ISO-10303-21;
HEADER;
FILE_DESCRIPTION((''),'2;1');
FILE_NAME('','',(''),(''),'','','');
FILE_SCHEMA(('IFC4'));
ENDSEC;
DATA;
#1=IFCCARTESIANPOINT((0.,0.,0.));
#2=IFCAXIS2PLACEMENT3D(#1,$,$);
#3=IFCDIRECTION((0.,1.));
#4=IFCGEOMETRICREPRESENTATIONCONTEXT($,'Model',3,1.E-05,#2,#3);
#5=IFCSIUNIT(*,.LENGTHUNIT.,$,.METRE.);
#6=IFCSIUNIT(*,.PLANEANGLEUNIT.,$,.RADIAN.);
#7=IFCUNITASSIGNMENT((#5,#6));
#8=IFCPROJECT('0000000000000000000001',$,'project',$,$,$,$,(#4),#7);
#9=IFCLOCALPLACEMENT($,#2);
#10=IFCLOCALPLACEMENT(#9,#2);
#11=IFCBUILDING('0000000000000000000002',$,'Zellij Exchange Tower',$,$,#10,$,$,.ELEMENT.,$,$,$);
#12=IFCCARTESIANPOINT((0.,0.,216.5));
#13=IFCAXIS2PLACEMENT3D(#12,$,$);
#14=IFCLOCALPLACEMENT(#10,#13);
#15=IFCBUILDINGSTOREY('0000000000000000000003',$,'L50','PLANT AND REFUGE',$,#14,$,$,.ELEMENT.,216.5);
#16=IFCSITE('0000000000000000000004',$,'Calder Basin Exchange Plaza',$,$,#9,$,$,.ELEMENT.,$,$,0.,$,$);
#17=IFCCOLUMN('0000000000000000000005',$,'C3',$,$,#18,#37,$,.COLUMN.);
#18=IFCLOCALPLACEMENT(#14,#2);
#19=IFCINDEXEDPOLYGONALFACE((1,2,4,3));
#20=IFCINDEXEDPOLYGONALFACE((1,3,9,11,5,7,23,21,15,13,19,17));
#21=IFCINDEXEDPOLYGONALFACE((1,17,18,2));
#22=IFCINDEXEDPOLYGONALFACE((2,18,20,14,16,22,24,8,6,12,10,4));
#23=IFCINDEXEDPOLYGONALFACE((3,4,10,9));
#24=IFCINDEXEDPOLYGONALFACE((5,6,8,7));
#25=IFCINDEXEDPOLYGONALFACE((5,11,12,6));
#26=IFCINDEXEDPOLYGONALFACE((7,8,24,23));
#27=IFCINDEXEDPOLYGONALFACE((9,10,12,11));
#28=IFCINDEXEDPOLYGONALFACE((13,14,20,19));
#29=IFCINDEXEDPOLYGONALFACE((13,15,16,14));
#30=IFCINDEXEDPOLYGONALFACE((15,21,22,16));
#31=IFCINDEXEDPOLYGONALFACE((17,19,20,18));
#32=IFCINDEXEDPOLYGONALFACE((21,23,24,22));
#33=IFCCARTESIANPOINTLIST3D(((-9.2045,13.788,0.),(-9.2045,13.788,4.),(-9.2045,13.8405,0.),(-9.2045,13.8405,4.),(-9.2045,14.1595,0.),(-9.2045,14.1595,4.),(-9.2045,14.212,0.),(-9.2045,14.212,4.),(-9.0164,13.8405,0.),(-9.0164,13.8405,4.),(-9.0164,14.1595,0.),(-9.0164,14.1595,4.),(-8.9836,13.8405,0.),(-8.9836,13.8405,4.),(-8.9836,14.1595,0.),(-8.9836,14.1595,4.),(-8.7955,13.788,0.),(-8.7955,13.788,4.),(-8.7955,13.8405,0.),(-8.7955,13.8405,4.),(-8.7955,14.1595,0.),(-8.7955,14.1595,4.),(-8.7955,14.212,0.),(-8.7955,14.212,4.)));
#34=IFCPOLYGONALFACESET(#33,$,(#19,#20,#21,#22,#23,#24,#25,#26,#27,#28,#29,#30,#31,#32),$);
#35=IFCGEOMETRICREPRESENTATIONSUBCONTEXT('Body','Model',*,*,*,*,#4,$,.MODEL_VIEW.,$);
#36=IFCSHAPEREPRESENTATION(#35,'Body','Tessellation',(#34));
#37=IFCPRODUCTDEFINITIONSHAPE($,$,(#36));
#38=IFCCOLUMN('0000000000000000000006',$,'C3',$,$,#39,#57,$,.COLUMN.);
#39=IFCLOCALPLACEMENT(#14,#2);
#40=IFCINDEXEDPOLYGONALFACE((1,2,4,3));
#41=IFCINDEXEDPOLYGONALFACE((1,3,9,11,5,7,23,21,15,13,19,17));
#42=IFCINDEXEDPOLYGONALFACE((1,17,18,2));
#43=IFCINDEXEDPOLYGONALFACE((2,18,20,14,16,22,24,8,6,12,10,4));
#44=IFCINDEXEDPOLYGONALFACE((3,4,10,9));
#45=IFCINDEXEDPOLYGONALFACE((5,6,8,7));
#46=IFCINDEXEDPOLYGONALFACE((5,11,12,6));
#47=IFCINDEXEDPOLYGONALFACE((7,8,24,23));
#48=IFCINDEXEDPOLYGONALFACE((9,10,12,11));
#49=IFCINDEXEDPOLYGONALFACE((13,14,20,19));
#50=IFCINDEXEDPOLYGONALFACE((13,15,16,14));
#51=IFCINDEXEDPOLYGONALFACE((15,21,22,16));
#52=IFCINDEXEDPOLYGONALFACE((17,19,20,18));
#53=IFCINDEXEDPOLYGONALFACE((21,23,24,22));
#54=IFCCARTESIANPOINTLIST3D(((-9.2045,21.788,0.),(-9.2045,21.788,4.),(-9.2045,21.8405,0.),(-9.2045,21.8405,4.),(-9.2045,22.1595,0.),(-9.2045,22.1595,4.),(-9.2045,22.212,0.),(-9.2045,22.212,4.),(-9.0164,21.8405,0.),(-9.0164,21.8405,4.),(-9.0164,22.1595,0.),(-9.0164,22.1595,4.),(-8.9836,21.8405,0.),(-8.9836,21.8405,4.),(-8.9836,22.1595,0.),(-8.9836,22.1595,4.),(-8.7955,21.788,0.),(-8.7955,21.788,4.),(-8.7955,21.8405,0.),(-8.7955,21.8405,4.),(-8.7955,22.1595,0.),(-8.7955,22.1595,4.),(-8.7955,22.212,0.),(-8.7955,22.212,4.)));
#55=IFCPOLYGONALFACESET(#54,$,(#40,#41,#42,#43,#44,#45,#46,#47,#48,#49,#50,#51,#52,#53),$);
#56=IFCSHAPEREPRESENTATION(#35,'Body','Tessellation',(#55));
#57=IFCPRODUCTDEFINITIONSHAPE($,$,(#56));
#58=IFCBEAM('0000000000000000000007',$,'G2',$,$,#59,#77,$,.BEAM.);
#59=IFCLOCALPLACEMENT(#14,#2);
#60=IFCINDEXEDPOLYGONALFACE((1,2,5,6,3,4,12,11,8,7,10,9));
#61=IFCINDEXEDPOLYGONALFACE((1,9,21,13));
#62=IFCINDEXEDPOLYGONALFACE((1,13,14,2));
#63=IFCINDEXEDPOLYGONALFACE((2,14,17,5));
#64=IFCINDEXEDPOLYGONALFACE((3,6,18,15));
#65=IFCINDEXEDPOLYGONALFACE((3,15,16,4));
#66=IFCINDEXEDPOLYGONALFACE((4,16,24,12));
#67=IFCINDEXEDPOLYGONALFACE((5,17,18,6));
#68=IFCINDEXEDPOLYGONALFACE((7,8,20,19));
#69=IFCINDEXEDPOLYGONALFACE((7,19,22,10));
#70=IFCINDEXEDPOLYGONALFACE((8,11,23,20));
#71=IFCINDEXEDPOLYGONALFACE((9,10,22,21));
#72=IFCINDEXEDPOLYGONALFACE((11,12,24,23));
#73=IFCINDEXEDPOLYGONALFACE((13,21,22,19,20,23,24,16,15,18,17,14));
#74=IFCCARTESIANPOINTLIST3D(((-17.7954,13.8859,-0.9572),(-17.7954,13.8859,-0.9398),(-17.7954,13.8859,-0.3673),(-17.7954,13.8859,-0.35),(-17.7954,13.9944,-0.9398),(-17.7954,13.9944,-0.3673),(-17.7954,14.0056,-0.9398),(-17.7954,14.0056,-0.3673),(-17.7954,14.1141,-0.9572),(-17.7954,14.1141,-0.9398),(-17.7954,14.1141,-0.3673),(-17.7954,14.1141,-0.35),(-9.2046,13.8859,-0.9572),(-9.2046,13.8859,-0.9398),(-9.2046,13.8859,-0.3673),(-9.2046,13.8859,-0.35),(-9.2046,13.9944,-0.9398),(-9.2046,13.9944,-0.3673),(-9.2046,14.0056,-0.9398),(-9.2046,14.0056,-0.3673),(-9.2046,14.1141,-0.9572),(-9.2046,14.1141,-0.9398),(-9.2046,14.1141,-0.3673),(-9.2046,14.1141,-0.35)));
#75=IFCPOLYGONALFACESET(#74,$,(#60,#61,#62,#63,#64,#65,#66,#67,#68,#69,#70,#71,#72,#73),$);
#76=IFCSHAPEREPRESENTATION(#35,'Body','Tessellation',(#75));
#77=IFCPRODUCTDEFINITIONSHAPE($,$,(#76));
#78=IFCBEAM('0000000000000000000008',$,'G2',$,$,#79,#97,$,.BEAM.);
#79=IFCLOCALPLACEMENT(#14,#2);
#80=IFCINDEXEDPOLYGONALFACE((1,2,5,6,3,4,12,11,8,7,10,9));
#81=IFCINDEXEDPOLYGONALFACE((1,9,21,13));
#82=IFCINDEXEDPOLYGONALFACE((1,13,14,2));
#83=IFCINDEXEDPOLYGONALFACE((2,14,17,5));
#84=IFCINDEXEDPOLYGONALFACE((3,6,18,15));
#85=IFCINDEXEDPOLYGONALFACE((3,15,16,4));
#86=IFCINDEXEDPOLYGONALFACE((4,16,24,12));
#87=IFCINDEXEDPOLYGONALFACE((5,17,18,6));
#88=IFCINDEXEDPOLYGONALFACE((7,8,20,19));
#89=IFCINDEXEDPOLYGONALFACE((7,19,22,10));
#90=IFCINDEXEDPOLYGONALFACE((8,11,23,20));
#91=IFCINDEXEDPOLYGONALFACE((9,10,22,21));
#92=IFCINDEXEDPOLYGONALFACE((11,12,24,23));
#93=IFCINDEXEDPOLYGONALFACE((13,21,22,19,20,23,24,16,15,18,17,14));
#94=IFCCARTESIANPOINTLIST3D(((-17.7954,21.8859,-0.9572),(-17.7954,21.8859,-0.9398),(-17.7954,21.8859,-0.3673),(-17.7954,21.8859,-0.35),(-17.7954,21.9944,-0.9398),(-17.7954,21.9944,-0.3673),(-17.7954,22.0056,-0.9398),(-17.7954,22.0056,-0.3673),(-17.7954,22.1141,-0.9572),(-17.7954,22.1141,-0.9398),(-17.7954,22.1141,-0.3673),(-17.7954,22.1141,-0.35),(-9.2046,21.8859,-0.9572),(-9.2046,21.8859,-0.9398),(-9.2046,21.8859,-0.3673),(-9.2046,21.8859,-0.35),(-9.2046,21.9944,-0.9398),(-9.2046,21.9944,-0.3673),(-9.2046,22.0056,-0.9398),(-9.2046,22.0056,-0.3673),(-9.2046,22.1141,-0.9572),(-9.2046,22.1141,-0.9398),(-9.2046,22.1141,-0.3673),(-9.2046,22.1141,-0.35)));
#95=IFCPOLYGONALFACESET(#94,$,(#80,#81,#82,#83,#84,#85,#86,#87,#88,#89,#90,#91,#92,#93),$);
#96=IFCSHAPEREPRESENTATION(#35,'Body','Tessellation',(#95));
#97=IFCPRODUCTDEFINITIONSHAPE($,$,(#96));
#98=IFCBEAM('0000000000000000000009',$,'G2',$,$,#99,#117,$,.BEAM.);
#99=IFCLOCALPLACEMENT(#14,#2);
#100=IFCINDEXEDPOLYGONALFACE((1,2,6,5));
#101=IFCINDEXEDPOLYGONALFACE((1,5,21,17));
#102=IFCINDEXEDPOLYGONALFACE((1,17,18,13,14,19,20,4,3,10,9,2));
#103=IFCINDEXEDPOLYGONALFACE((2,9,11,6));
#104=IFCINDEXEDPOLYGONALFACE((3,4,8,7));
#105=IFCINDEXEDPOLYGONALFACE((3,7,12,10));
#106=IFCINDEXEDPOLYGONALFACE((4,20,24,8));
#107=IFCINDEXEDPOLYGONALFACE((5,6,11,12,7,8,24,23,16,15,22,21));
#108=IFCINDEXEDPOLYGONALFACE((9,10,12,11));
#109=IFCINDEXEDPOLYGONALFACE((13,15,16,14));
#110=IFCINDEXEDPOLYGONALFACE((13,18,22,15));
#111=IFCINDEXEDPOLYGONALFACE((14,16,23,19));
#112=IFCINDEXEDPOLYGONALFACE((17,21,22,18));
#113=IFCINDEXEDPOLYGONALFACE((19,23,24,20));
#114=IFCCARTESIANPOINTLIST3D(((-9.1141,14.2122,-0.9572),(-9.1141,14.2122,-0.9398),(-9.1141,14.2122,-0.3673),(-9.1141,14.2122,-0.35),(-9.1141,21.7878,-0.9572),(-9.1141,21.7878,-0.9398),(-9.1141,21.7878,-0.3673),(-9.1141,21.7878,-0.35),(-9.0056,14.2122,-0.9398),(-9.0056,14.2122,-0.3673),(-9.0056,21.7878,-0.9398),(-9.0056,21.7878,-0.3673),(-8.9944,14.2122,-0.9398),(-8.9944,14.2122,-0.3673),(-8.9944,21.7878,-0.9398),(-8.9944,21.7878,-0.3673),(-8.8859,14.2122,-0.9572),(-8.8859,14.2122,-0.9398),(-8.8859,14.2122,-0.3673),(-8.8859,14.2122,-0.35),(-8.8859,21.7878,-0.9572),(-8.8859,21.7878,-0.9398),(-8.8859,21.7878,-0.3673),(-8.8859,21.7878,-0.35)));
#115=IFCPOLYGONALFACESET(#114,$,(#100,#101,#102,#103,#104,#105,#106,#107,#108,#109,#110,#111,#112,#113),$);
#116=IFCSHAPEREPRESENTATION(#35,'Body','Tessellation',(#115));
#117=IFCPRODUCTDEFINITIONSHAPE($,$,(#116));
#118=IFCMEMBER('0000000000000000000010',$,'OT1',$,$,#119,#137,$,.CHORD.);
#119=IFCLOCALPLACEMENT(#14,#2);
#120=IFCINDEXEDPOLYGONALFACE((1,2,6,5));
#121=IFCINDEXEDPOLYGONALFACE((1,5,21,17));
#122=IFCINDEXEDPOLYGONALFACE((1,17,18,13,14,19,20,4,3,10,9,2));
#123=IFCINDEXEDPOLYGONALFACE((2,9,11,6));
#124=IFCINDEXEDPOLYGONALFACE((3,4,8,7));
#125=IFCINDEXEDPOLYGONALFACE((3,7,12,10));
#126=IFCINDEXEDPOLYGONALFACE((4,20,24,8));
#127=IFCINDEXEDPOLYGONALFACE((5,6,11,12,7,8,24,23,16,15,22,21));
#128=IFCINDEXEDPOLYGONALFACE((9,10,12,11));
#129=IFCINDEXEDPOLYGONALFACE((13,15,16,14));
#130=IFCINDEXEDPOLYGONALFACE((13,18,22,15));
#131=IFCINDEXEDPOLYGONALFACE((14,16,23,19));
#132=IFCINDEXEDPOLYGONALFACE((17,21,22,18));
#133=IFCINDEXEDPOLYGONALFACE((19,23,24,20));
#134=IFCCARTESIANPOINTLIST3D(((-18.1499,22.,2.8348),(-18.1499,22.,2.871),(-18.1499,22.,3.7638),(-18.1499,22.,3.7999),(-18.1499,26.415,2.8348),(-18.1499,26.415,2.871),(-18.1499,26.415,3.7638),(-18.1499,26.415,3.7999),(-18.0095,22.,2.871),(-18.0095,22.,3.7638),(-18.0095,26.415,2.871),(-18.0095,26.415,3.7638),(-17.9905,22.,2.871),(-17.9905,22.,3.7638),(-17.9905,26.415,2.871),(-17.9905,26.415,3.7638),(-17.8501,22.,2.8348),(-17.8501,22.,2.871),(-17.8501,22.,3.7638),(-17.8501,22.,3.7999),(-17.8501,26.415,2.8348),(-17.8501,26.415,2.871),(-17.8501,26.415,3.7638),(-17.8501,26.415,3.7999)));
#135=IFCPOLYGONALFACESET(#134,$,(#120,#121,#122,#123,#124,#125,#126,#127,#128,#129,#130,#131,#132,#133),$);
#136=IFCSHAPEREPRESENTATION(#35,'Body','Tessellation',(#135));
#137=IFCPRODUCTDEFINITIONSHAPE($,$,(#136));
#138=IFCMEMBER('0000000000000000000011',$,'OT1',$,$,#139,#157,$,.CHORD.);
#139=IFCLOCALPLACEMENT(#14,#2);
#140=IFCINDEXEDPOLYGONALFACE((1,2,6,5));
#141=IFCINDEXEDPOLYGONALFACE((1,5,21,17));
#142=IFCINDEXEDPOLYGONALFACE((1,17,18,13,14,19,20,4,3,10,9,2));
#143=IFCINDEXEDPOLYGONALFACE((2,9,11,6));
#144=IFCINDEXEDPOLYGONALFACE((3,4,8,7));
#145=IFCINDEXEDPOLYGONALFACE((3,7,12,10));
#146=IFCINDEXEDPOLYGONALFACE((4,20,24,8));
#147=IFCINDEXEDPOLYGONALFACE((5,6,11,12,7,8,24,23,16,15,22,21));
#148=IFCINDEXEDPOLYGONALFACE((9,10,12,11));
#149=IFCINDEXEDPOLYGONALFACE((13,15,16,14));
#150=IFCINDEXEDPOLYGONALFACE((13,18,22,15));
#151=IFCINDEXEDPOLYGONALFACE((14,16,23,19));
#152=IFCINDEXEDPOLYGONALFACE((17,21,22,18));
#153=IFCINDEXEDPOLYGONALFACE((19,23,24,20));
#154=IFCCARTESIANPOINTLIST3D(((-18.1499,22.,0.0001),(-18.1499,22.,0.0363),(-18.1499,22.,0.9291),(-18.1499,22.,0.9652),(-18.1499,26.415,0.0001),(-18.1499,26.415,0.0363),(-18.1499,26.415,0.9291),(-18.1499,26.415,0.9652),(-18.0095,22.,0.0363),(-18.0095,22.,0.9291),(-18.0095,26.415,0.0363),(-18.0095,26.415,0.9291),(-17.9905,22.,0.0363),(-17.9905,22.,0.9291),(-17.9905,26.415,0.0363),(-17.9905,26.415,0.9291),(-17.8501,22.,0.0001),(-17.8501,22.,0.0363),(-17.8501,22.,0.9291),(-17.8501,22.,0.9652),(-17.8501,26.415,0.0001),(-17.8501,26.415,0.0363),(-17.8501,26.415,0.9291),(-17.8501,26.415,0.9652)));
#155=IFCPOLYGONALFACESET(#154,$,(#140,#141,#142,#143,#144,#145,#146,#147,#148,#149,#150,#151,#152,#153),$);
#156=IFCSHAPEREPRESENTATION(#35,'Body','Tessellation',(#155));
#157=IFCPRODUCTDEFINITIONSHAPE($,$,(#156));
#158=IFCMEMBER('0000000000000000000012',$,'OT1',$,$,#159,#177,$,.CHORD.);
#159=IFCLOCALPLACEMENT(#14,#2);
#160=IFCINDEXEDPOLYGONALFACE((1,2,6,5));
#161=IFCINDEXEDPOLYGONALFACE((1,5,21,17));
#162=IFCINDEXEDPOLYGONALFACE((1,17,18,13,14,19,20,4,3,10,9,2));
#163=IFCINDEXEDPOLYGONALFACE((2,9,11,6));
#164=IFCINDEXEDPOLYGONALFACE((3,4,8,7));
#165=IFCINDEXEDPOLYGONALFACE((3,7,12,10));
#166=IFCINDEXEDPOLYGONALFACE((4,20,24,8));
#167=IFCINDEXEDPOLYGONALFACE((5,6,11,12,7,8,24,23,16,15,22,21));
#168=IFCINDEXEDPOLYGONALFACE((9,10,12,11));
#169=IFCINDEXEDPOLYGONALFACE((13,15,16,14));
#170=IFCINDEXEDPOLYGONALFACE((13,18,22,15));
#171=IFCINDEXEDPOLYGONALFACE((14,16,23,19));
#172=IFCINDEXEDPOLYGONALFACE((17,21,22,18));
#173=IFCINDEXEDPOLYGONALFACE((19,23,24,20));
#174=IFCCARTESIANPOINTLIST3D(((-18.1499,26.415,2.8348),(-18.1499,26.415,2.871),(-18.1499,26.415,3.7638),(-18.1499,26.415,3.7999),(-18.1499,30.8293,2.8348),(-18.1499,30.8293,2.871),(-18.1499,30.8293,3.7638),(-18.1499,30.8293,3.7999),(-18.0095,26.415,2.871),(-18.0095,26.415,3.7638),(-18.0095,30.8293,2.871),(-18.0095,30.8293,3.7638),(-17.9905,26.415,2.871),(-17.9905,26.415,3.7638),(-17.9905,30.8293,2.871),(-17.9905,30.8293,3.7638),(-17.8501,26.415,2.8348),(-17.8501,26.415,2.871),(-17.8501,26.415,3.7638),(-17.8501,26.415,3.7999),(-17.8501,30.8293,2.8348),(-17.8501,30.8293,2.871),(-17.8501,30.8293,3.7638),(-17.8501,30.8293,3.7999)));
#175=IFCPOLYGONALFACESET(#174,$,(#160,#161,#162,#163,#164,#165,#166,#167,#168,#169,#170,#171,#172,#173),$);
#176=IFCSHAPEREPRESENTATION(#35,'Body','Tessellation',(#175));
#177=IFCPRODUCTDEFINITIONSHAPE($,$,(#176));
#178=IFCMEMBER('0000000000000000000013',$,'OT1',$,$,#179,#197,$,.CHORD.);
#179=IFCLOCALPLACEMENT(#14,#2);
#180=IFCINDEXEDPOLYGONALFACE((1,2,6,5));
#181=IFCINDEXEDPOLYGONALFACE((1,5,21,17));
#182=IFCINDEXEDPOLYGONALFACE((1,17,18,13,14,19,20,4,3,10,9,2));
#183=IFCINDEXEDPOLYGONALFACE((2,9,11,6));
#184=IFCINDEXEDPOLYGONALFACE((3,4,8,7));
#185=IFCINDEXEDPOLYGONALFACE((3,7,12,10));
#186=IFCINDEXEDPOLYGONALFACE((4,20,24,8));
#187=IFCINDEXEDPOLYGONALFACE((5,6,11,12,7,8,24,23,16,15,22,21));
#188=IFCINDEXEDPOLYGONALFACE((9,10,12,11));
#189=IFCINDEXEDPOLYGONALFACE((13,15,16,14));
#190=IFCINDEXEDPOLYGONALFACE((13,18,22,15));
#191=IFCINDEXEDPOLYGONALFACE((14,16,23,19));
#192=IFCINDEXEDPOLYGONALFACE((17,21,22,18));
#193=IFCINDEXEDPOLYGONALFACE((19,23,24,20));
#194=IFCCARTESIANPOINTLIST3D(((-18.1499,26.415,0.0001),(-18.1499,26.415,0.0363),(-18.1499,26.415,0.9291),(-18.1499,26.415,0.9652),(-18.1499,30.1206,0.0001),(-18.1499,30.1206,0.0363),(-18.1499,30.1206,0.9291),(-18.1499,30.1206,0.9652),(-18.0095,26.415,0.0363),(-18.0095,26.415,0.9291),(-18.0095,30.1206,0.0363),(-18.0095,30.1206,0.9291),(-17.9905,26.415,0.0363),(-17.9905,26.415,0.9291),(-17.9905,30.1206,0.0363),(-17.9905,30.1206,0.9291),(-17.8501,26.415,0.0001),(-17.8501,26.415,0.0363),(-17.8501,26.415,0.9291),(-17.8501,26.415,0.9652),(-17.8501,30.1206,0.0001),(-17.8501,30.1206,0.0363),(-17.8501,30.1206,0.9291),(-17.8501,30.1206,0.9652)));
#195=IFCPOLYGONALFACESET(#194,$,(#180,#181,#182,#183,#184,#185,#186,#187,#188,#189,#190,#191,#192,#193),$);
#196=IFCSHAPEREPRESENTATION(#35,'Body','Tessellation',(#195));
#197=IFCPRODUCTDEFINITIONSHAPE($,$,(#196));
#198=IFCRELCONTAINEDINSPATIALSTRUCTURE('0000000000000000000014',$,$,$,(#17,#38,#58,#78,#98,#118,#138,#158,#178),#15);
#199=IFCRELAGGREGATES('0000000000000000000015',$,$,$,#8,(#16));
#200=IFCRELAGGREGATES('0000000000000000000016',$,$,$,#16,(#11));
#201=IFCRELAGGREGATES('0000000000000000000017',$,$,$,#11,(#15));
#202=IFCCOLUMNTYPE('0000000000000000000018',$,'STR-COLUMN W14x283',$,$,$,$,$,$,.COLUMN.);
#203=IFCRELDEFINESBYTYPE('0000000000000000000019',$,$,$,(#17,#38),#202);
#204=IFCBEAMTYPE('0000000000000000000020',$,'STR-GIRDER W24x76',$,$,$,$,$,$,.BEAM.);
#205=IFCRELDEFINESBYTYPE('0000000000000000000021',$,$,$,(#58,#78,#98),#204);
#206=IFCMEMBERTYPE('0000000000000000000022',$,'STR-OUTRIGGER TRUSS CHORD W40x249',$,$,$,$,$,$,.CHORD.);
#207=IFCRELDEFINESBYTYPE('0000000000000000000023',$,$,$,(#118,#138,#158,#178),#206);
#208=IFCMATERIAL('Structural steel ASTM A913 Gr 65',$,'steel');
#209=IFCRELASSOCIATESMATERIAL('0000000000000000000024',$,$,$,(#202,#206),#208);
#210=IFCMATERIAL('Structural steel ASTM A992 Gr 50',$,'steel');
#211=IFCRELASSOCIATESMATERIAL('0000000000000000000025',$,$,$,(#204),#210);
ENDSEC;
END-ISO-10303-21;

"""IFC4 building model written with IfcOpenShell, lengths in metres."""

from ifc_helpers import new_model, si_unit, direction, frame, origin, origin_2d, place, context, subcontext, project, spatial, i_section, extrude, material, material_profile, profile_set, type_object, element, save


model = new_model("IFC4")

# Units and contexts
model_context = context("Model", 3, precision=1e-05, world=origin(), true_north=direction((0.0, 1.0)))
body_context = subcontext(model_context, "Body", "Model", "MODEL_VIEW")
ifc_project = project(units=[si_unit("LENGTHUNIT", "METRE"), si_unit("PLANEANGLEUNIT", "RADIAN")], contexts=[model_context])

# Site, building, storey
site_placement = place(None, origin())
site = spatial("IfcSite", under=ifc_project, at=site_placement, Name="Calder Basin Exchange Plaza", CompositionType="ELEMENT", RefElevation=0.0)
building_placement = place(site_placement, origin())
building = spatial("IfcBuilding", under=site, at=building_placement, Name="Zellij Exchange Tower", CompositionType="ELEMENT")
storey_placement = place(building_placement, frame((0.0, 0.0, 216.5)))
storey = spatial("IfcBuildingStorey", under=building, at=storey_placement, Name="L50", Description="PLANT AND REFUGE", CompositionType="ELEMENT", Elevation=216.5)

# Columns
ifc_material_1 = material(Name="Structural steel ASTM A913 Gr 65", Category="steel")
ifc_material_profile_1 = material_profile(ifc_material_1, i_section(OverallWidth=0.4089, OverallDepth=0.4241, WebThickness=0.0327, FlangeThickness=0.0525, at=origin_2d()), Name="W14x283")
ifc_profile_set_1 = profile_set([ifc_material_profile_1], Name="Structural steel ASTM A913 Gr 65")
column_type = type_object("IfcColumnType", Name="STR-COLUMN W14x283", PredefinedType="COLUMN", material=ifc_profile_set_1)
for number, where, z_axis, x_axis, name in (
    (1, (-9.0, 14.0, 0.0), (0.0, 0.0, 1.0), (1.0, 0.0, 0.0), "C3"),
    (2, (-9.0, 22.0, 0.0), (0.0, 0.0, 1.0), (1.0, 0.0, 0.0), "C3"),
):
    element("IfcColumn", number, at=place(storey_placement, frame(where, z_axis=z_axis, x_axis=x_axis)), inside=storey, type_object=column_type, Name=name, PredefinedType="COLUMN", context=body_context, shape_type="SweptSolid", body=[
        extrude(i_section(OverallWidth=0.4089, OverallDepth=0.4241, WebThickness=0.0327, FlangeThickness=0.0525, at=origin_2d()), origin(), (0.0, 0.0, 1.0), 4.0),
    ])

# Beams
ifc_material_2 = material(Name="Structural steel ASTM A992 Gr 50", Category="steel")
ifc_material_profile_2 = material_profile(ifc_material_2, i_section(OverallWidth=0.2283, OverallDepth=0.6072, WebThickness=0.0112, FlangeThickness=0.0173, at=origin_2d()), Name="W24x76")
ifc_profile_set_2 = profile_set([ifc_material_profile_2], Name="Structural steel ASTM A992 Gr 50")
beam_type = type_object("IfcBeamType", Name="STR-GIRDER W24x76", PredefinedType="BEAM", material=ifc_profile_set_2)
for number, where, z_axis, x_axis, name in (
    (3, (-17.7954, 14.0, -0.6536), (1.0, 0.0, 0.0), (0.0, 1.0, 0.0), "G2"),
    (4, (-17.7954, 22.0, -0.6536), (1.0, 0.0, 0.0), (0.0, 1.0, 0.0), "G2"),
):
    element("IfcBeam", number, at=place(storey_placement, frame(where, z_axis=z_axis, x_axis=x_axis)), inside=storey, type_object=beam_type, Name=name, PredefinedType="BEAM", context=body_context, shape_type="SweptSolid", body=[
        extrude(i_section(OverallWidth=0.2283, OverallDepth=0.6072, WebThickness=0.0112, FlangeThickness=0.0173, at=origin_2d()), origin(), (0.0, 0.0, 1.0), 8.5908),
    ])
beam_placement = place(storey_placement, frame((-9.0, 14.2122, -0.6536), z_axis=(0.0, 1.0, 0.0), x_axis=(-1.0, 0.0, 0.0)))
element("IfcBeam", 5, at=beam_placement, inside=storey, type_object=beam_type, Name="G2", PredefinedType="BEAM", context=body_context, shape_type="SweptSolid", body=[
    extrude(i_section(OverallWidth=0.2283, OverallDepth=0.6072, WebThickness=0.0112, FlangeThickness=0.0173, at=origin_2d()), origin(), (0.0, 0.0, 1.0), 7.5757),
])

# Members
ifc_material_profile_3 = material_profile(ifc_material_1, i_section(OverallWidth=0.2998, OverallDepth=0.9651, WebThickness=0.019, FlangeThickness=0.0361, at=origin_2d()), Name="W40x249")
ifc_profile_set_3 = profile_set([ifc_material_profile_3], Name="Structural steel ASTM A913 Gr 65")
member_type_1 = type_object("IfcMemberType", Name="STR-OUTRIGGER TRUSS CHORD W40x249", PredefinedType="CHORD", material=ifc_profile_set_3)
for number, where, z_axis, x_axis, name in (
    (6, (-18.0, 22.0, 3.3174), (0.0, 1.0, 0.0), (-1.0, 0.0, 0.0), "OT1"),
    (7, (-18.0, 22.0, 0.4827), (0.0, 1.0, 0.0), (-1.0, 0.0, 0.0), "OT1"),
):
    element("IfcMember", number, at=place(storey_placement, frame(where, z_axis=z_axis, x_axis=x_axis)), inside=storey, type_object=member_type_1, Name=name, PredefinedType="CHORD", context=body_context, shape_type="SweptSolid", body=[
        extrude(i_section(OverallWidth=0.2998, OverallDepth=0.9651, WebThickness=0.019, FlangeThickness=0.0361, at=origin_2d()), origin(), (0.0, 0.0, 1.0), 4.415),
    ])
member_1_placement = place(storey_placement, frame((-18.0, 26.415, 3.3174), z_axis=(0.0, 1.0, 0.0), x_axis=(-1.0, 0.0, 0.0)))
element("IfcMember", 8, at=member_1_placement, inside=storey, type_object=member_type_1, Name="OT1", PredefinedType="CHORD", context=body_context, shape_type="SweptSolid", body=[
    extrude(i_section(OverallWidth=0.2998, OverallDepth=0.9651, WebThickness=0.019, FlangeThickness=0.0361, at=origin_2d()), origin(), (0.0, 0.0, 1.0), 4.4143),
])
member_2_placement = place(storey_placement, frame((-18.0, 26.415, 0.4827), z_axis=(0.0, 1.0, 0.0), x_axis=(-1.0, 0.0, 0.0)))
element("IfcMember", 9, at=member_2_placement, inside=storey, type_object=member_type_1, Name="OT1", PredefinedType="CHORD", context=body_context, shape_type="SweptSolid", body=[
    extrude(i_section(OverallWidth=0.2998, OverallDepth=0.9651, WebThickness=0.019, FlangeThickness=0.0361, at=origin_2d()), origin(), (0.0, 0.0, 1.0), 3.7056),
])

save(model, "model.ifc")
